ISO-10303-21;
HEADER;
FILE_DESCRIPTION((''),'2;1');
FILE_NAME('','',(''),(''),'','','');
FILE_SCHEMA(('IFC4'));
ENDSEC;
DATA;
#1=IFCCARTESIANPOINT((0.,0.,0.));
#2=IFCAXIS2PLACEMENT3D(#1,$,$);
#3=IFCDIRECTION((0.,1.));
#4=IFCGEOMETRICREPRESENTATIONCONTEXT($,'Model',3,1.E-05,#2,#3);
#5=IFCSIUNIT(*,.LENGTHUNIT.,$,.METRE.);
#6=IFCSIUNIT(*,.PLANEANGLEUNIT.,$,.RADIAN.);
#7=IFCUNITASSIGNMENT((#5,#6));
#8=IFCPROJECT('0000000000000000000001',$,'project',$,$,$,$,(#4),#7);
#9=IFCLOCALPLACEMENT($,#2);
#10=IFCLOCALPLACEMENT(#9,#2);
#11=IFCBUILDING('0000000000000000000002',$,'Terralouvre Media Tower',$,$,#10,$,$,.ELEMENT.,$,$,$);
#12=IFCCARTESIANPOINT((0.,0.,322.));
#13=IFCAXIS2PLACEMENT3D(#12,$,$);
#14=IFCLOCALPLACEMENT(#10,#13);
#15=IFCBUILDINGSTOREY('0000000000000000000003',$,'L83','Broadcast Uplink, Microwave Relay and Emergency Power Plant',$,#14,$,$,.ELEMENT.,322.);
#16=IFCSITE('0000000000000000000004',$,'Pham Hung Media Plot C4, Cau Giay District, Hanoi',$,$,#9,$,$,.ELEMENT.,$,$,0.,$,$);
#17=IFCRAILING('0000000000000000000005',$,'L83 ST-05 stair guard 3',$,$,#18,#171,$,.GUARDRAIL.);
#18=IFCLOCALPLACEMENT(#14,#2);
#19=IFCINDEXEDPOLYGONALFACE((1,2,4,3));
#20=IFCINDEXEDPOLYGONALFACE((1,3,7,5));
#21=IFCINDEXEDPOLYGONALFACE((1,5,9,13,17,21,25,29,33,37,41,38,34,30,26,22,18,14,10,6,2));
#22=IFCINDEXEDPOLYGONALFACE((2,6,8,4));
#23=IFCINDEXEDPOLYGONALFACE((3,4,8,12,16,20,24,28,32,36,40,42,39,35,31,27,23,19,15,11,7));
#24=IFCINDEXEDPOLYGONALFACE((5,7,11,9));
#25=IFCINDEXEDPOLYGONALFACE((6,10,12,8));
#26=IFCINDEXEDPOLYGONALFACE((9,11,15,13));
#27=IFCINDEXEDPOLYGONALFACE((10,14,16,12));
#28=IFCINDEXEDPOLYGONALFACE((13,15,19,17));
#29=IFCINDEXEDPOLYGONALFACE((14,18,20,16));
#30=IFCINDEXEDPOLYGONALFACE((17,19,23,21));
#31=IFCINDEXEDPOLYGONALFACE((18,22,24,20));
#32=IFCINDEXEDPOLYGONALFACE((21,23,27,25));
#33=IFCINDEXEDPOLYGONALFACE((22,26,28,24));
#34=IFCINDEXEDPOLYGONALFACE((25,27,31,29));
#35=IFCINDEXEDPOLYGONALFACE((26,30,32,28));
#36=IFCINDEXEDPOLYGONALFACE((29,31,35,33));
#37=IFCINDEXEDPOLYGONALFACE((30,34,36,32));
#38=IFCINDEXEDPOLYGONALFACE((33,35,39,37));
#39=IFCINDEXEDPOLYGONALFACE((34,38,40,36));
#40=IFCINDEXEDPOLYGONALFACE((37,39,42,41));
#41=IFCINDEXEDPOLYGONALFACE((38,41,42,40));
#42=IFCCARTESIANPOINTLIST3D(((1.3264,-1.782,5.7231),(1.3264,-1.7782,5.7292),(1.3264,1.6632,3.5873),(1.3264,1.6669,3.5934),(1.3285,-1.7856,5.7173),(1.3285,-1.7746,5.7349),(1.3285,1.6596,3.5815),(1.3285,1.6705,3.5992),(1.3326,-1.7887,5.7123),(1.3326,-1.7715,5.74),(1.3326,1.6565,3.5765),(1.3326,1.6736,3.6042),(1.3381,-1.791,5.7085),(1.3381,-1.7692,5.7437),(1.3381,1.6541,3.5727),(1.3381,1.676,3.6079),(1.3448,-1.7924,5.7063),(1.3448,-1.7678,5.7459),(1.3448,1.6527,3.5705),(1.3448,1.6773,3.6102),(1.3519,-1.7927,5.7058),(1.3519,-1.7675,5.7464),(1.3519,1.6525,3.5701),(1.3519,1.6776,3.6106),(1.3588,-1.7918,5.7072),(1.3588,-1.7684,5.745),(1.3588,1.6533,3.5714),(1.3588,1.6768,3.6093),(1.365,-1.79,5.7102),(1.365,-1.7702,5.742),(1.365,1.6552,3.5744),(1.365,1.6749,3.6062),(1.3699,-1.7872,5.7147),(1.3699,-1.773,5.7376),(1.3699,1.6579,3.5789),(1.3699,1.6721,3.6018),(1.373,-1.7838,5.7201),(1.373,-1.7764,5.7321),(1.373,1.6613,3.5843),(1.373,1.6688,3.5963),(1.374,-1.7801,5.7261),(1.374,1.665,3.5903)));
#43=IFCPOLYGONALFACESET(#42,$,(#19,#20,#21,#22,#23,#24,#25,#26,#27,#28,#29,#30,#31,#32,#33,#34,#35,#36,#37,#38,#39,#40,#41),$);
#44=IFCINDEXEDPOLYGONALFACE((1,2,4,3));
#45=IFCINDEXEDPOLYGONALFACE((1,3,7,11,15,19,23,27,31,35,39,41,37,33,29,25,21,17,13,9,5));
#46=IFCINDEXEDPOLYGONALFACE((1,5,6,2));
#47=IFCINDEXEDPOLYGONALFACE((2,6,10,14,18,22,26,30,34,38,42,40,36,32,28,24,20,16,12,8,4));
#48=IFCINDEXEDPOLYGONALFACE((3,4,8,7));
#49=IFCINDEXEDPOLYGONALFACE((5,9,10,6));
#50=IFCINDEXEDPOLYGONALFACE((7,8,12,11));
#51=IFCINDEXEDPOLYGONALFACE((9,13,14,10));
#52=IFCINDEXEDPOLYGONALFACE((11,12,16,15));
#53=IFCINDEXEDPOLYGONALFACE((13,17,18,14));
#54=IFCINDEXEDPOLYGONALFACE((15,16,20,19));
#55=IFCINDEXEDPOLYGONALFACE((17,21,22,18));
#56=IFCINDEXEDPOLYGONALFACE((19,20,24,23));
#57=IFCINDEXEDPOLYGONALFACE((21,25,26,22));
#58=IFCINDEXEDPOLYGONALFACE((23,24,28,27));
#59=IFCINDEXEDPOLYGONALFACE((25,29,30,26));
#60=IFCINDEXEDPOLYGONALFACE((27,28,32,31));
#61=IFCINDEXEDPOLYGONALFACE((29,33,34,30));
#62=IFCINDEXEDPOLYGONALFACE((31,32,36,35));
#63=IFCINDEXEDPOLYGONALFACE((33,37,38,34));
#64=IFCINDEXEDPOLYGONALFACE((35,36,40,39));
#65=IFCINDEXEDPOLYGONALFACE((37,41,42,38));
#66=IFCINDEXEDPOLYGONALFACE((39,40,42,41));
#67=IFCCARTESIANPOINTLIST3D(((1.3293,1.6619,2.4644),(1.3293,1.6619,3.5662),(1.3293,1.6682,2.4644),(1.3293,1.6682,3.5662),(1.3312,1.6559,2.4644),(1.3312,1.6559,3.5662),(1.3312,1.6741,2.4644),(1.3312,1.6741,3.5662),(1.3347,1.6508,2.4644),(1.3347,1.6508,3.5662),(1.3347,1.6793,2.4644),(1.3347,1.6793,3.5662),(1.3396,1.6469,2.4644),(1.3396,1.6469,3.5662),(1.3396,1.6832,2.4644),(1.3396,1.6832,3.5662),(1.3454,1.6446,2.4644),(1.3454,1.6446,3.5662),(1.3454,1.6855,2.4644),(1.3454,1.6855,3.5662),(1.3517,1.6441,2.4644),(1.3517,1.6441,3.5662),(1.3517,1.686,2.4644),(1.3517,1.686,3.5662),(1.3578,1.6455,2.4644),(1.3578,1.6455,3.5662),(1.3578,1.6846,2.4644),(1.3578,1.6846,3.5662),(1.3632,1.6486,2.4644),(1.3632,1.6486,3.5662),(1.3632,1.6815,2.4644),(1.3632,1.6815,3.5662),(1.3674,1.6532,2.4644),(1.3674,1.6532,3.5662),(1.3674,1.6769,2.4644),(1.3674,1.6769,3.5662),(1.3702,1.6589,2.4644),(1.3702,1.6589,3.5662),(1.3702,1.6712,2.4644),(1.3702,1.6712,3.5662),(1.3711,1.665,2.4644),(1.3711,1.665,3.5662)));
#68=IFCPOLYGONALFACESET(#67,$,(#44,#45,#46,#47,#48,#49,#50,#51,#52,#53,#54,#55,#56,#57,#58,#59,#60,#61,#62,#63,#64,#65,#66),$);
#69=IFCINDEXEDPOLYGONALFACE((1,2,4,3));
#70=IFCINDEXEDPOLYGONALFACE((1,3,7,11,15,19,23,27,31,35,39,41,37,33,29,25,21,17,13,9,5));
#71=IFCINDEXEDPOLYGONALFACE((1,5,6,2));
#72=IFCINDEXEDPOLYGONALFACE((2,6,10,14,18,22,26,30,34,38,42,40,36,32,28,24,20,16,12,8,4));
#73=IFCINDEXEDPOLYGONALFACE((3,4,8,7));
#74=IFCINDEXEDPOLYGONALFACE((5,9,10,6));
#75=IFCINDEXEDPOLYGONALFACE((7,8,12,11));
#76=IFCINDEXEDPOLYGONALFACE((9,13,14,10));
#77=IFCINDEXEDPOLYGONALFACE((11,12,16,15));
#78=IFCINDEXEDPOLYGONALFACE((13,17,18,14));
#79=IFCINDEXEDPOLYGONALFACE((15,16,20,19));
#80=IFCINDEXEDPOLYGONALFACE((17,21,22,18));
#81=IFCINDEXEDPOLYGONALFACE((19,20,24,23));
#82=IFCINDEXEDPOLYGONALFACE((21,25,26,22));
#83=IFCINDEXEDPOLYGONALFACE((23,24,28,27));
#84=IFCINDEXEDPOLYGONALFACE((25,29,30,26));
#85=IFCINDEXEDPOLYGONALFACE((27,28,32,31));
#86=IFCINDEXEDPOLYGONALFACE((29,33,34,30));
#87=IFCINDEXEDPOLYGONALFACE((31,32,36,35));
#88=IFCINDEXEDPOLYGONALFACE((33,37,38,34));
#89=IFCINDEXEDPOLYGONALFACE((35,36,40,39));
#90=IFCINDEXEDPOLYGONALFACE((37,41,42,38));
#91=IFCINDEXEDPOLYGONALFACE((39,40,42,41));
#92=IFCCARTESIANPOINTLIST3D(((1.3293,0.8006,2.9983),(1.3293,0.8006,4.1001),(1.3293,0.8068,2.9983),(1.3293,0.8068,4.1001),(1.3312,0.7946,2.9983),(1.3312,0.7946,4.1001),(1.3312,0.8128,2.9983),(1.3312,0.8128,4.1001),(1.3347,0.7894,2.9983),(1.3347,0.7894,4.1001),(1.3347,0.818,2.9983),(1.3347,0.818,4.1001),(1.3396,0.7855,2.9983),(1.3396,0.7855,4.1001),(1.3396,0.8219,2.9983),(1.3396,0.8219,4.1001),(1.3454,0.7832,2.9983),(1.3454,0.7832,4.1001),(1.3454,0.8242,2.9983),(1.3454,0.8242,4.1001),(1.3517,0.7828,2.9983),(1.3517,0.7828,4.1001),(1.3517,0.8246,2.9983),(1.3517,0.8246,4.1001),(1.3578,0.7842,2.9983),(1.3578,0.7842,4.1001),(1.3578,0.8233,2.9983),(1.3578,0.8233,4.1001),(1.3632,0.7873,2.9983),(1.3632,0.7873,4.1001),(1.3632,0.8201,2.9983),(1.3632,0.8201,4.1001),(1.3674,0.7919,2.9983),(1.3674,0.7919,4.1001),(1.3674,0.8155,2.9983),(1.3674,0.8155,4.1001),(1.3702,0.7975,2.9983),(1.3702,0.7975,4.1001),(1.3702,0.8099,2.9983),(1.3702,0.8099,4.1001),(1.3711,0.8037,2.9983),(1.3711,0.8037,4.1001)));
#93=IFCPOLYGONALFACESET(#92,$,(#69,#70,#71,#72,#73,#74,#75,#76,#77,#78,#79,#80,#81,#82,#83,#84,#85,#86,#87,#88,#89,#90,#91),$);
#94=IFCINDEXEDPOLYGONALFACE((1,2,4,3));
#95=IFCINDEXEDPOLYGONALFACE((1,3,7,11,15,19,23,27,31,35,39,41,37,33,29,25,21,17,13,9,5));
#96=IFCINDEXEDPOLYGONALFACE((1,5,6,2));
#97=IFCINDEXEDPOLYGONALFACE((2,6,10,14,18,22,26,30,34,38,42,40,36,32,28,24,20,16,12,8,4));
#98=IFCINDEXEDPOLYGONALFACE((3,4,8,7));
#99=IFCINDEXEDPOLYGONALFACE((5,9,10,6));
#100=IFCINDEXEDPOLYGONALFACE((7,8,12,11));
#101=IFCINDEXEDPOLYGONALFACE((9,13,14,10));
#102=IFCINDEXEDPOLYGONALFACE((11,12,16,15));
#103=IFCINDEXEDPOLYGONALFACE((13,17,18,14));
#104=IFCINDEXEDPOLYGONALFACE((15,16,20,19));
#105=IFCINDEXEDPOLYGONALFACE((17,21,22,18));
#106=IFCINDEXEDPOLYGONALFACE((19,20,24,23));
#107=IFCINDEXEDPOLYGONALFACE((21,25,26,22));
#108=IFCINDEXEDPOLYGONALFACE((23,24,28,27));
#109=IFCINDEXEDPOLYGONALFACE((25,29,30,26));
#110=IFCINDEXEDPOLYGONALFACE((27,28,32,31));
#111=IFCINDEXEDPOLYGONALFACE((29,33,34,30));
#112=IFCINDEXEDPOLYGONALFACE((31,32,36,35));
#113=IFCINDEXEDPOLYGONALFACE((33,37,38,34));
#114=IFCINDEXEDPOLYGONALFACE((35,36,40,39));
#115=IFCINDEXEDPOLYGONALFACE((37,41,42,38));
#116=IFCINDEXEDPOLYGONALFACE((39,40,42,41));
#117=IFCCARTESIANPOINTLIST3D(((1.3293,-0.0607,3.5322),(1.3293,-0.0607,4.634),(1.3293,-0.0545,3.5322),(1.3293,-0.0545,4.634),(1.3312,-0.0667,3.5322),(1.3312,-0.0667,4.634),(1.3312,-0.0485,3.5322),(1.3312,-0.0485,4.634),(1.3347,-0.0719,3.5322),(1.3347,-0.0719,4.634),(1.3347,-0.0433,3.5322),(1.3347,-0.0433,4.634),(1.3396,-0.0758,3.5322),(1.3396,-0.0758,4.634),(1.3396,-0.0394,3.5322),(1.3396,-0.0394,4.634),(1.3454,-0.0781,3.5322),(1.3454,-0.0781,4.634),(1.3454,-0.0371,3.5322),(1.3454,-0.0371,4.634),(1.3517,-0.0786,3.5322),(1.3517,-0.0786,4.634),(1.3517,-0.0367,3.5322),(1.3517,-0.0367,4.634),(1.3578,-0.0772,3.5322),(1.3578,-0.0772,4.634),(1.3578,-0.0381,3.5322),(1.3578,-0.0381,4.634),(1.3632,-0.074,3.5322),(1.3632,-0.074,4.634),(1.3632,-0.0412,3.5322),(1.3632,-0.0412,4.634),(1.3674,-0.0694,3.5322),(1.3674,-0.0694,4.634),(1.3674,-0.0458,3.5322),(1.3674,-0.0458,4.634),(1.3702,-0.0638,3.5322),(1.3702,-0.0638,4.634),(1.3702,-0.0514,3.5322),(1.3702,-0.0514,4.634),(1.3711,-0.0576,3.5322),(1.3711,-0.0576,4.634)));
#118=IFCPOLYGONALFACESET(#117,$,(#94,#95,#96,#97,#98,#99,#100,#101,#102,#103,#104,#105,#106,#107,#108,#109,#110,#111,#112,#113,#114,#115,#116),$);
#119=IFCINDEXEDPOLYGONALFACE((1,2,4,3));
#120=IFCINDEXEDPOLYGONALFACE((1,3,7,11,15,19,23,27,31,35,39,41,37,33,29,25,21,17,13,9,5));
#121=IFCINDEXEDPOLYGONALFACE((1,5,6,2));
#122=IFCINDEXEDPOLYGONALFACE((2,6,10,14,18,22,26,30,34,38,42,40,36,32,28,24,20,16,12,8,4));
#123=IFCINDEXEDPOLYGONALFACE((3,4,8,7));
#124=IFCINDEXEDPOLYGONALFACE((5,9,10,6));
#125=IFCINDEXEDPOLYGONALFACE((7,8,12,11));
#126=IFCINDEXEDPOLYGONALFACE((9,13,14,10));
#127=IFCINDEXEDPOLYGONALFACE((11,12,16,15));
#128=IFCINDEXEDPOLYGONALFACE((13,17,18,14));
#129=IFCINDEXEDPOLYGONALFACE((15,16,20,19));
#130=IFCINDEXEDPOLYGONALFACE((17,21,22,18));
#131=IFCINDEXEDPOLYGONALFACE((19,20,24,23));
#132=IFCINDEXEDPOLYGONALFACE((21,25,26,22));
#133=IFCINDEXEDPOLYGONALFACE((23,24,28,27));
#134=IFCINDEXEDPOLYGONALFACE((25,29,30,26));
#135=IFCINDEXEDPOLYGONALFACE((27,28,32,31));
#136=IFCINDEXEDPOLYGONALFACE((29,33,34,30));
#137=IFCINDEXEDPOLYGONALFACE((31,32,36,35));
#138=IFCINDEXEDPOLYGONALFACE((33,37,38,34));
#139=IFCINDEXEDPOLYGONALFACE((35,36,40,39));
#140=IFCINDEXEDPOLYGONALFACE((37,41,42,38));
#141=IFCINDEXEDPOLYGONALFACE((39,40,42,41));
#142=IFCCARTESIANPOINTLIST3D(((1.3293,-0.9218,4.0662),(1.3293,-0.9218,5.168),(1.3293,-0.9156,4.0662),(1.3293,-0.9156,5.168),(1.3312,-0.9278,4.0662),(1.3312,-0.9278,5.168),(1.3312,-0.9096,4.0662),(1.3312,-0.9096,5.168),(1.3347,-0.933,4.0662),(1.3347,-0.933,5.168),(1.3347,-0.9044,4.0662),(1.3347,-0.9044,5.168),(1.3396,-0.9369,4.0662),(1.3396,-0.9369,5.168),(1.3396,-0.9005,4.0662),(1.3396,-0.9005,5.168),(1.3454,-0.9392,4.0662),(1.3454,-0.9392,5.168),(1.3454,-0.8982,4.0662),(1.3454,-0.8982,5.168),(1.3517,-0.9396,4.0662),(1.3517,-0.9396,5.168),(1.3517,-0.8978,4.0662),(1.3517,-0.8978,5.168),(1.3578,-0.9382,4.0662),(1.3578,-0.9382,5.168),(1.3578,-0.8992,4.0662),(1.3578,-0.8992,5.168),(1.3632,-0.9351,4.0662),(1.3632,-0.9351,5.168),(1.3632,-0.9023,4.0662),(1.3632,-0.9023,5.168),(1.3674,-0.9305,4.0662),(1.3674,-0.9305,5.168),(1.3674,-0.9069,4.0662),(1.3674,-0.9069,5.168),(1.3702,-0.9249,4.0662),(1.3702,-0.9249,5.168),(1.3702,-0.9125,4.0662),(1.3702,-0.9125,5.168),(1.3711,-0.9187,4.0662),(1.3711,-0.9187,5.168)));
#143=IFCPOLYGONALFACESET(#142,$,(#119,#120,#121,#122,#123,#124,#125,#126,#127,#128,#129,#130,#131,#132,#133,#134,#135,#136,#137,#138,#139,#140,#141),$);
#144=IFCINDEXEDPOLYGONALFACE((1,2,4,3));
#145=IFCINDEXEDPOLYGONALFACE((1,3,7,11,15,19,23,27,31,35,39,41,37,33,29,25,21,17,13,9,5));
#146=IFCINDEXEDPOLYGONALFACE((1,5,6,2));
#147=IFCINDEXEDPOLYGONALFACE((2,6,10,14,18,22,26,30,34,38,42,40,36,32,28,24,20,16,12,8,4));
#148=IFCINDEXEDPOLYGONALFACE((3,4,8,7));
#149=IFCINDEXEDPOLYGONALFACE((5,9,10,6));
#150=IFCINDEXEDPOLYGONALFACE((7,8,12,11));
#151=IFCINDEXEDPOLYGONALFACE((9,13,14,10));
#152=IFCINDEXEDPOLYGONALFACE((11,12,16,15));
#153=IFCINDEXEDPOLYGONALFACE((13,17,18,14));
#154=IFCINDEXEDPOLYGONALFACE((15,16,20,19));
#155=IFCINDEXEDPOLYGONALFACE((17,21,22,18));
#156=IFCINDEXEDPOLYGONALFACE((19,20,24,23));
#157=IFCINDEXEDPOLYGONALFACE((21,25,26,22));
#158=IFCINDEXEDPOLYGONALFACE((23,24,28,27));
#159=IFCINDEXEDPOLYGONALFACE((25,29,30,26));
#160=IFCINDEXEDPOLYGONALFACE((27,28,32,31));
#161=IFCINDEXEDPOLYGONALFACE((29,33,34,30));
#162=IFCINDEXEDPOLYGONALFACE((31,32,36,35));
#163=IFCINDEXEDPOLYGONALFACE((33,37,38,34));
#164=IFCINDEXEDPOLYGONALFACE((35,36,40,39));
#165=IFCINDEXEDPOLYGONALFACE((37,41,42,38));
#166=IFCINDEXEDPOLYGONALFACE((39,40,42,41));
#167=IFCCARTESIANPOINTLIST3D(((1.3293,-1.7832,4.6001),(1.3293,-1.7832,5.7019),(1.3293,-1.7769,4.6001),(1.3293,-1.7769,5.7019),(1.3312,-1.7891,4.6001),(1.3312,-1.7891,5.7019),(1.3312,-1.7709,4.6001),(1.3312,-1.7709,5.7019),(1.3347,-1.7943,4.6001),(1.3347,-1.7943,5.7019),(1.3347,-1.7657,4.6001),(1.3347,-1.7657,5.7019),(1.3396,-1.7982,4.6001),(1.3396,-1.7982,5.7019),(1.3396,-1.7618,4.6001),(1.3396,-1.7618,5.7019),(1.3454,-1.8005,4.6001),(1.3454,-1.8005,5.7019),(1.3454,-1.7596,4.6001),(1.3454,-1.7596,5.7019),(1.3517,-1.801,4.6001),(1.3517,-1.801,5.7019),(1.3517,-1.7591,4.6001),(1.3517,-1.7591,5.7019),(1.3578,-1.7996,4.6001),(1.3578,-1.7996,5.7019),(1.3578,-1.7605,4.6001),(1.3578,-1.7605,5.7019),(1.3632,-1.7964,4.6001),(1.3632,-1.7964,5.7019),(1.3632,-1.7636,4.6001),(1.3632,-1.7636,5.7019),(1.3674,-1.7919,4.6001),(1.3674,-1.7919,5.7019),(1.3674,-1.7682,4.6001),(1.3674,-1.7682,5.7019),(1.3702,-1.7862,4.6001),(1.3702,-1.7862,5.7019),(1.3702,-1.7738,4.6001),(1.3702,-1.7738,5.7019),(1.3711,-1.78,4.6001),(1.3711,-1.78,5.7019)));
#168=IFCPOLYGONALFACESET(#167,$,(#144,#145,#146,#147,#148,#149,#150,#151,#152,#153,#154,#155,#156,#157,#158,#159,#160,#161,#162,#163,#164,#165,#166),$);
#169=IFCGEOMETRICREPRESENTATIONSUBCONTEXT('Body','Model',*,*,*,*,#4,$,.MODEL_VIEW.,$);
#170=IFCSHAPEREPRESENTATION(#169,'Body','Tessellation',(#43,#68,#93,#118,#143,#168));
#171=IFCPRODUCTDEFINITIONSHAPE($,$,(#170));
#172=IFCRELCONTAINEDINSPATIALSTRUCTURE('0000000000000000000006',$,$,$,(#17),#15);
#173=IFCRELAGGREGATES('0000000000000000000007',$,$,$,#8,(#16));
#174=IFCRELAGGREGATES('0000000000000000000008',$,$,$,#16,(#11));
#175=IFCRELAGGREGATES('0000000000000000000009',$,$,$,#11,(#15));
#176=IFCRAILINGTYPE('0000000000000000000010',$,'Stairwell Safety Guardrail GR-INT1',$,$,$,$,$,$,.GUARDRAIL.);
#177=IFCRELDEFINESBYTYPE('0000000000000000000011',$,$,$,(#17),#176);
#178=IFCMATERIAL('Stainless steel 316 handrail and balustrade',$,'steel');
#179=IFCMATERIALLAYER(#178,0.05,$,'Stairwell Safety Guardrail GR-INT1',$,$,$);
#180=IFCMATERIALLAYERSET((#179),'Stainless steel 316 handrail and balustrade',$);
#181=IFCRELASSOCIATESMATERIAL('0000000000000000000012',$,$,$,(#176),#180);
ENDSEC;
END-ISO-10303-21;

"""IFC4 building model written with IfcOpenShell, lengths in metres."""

from ifc_helpers import new_model, si_unit, direction, frame, origin, origin_2d, place, context, subcontext, project, spatial, circle, extrude, material, layer, layer_set, type_object, element, save


model = new_model("IFC4")

# Units and contexts
model_context = context("Model", 3, precision=1e-05, world=origin(), true_north=direction((0.0, 1.0)))
body_context = subcontext(model_context, "Body", "Model", "MODEL_VIEW")
ifc_project = project(units=[si_unit("LENGTHUNIT", "METRE"), si_unit("PLANEANGLEUNIT", "RADIAN")], contexts=[model_context])

# Site, building, storey
site_placement = place(None, origin())
site = spatial("IfcSite", under=ifc_project, at=site_placement, Name="Pham Hung Media Plot C4, Cau Giay District, Hanoi", CompositionType="ELEMENT", RefElevation=0.0)
building_placement = place(site_placement, origin())
building = spatial("IfcBuilding", under=site, at=building_placement, Name="Terralouvre Media Tower", CompositionType="ELEMENT")
storey_placement = place(building_placement, frame((0.0, 0.0, 322.0)))
storey = spatial("IfcBuildingStorey", under=building, at=storey_placement, Name="L83", Description="Broadcast Uplink, Microwave Relay and Emergency Power Plant", CompositionType="ELEMENT", Elevation=322.0)

# Railing
ifc_material_1 = material(Name="Stainless steel 316 handrail and balustrade", Category="steel")
ifc_layer_1 = layer(ifc_material_1, 0.05, Name="Stairwell Safety Guardrail GR-INT1")
ifc_layer_set_1 = layer_set([ifc_layer_1], Name="Stainless steel 316 handrail and balustrade")
railing_type = type_object("IfcRailingType", Name="Stairwell Safety Guardrail GR-INT1", PredefinedType="GUARDRAIL", material=ifc_layer_set_1)
railing_1_placement = place(storey_placement, frame((1.3501, 1.665, 2.4644)))
element("IfcRailing", 1, at=railing_1_placement, inside=storey, type_object=railing_type, Name="L83 ST-05 stair guard 3", PredefinedType="GUARDRAIL", context=body_context, shape_type="SweptSolid", body=[
    extrude(circle(Radius=0.0239, at=origin_2d()), frame((0.0, 0.0, 1.126), z_axis=(0.0, -0.849925, 0.526904), x_axis=(1.0, 0.0, 0.0)), (0.0, 0.0, 1.0), 4.0535),
    extrude(circle(Radius=0.021, at=origin_2d()), origin(), (0.0, 0.0, 1.0), 1.1018),
    extrude(circle(Radius=0.021, at=origin_2d()), frame((0.0, -0.8613, 0.5339)), (0.0, 0.0, 1.0), 1.1018),
    extrude(circle(Radius=0.021, at=origin_2d()), frame((0.0, -1.7227, 1.0679)), (0.0, 0.0, 1.0), 1.1018),
    extrude(circle(Radius=0.021, at=origin_2d()), frame((0.0, -2.5837, 1.6018)), (0.0, 0.0, 1.0), 1.1018),
    extrude(circle(Radius=0.021, at=origin_2d()), frame((0.0, -3.4451, 2.1357)), (0.0, 0.0, 1.0), 1.1018),
])

save(model, "model.ifc")
